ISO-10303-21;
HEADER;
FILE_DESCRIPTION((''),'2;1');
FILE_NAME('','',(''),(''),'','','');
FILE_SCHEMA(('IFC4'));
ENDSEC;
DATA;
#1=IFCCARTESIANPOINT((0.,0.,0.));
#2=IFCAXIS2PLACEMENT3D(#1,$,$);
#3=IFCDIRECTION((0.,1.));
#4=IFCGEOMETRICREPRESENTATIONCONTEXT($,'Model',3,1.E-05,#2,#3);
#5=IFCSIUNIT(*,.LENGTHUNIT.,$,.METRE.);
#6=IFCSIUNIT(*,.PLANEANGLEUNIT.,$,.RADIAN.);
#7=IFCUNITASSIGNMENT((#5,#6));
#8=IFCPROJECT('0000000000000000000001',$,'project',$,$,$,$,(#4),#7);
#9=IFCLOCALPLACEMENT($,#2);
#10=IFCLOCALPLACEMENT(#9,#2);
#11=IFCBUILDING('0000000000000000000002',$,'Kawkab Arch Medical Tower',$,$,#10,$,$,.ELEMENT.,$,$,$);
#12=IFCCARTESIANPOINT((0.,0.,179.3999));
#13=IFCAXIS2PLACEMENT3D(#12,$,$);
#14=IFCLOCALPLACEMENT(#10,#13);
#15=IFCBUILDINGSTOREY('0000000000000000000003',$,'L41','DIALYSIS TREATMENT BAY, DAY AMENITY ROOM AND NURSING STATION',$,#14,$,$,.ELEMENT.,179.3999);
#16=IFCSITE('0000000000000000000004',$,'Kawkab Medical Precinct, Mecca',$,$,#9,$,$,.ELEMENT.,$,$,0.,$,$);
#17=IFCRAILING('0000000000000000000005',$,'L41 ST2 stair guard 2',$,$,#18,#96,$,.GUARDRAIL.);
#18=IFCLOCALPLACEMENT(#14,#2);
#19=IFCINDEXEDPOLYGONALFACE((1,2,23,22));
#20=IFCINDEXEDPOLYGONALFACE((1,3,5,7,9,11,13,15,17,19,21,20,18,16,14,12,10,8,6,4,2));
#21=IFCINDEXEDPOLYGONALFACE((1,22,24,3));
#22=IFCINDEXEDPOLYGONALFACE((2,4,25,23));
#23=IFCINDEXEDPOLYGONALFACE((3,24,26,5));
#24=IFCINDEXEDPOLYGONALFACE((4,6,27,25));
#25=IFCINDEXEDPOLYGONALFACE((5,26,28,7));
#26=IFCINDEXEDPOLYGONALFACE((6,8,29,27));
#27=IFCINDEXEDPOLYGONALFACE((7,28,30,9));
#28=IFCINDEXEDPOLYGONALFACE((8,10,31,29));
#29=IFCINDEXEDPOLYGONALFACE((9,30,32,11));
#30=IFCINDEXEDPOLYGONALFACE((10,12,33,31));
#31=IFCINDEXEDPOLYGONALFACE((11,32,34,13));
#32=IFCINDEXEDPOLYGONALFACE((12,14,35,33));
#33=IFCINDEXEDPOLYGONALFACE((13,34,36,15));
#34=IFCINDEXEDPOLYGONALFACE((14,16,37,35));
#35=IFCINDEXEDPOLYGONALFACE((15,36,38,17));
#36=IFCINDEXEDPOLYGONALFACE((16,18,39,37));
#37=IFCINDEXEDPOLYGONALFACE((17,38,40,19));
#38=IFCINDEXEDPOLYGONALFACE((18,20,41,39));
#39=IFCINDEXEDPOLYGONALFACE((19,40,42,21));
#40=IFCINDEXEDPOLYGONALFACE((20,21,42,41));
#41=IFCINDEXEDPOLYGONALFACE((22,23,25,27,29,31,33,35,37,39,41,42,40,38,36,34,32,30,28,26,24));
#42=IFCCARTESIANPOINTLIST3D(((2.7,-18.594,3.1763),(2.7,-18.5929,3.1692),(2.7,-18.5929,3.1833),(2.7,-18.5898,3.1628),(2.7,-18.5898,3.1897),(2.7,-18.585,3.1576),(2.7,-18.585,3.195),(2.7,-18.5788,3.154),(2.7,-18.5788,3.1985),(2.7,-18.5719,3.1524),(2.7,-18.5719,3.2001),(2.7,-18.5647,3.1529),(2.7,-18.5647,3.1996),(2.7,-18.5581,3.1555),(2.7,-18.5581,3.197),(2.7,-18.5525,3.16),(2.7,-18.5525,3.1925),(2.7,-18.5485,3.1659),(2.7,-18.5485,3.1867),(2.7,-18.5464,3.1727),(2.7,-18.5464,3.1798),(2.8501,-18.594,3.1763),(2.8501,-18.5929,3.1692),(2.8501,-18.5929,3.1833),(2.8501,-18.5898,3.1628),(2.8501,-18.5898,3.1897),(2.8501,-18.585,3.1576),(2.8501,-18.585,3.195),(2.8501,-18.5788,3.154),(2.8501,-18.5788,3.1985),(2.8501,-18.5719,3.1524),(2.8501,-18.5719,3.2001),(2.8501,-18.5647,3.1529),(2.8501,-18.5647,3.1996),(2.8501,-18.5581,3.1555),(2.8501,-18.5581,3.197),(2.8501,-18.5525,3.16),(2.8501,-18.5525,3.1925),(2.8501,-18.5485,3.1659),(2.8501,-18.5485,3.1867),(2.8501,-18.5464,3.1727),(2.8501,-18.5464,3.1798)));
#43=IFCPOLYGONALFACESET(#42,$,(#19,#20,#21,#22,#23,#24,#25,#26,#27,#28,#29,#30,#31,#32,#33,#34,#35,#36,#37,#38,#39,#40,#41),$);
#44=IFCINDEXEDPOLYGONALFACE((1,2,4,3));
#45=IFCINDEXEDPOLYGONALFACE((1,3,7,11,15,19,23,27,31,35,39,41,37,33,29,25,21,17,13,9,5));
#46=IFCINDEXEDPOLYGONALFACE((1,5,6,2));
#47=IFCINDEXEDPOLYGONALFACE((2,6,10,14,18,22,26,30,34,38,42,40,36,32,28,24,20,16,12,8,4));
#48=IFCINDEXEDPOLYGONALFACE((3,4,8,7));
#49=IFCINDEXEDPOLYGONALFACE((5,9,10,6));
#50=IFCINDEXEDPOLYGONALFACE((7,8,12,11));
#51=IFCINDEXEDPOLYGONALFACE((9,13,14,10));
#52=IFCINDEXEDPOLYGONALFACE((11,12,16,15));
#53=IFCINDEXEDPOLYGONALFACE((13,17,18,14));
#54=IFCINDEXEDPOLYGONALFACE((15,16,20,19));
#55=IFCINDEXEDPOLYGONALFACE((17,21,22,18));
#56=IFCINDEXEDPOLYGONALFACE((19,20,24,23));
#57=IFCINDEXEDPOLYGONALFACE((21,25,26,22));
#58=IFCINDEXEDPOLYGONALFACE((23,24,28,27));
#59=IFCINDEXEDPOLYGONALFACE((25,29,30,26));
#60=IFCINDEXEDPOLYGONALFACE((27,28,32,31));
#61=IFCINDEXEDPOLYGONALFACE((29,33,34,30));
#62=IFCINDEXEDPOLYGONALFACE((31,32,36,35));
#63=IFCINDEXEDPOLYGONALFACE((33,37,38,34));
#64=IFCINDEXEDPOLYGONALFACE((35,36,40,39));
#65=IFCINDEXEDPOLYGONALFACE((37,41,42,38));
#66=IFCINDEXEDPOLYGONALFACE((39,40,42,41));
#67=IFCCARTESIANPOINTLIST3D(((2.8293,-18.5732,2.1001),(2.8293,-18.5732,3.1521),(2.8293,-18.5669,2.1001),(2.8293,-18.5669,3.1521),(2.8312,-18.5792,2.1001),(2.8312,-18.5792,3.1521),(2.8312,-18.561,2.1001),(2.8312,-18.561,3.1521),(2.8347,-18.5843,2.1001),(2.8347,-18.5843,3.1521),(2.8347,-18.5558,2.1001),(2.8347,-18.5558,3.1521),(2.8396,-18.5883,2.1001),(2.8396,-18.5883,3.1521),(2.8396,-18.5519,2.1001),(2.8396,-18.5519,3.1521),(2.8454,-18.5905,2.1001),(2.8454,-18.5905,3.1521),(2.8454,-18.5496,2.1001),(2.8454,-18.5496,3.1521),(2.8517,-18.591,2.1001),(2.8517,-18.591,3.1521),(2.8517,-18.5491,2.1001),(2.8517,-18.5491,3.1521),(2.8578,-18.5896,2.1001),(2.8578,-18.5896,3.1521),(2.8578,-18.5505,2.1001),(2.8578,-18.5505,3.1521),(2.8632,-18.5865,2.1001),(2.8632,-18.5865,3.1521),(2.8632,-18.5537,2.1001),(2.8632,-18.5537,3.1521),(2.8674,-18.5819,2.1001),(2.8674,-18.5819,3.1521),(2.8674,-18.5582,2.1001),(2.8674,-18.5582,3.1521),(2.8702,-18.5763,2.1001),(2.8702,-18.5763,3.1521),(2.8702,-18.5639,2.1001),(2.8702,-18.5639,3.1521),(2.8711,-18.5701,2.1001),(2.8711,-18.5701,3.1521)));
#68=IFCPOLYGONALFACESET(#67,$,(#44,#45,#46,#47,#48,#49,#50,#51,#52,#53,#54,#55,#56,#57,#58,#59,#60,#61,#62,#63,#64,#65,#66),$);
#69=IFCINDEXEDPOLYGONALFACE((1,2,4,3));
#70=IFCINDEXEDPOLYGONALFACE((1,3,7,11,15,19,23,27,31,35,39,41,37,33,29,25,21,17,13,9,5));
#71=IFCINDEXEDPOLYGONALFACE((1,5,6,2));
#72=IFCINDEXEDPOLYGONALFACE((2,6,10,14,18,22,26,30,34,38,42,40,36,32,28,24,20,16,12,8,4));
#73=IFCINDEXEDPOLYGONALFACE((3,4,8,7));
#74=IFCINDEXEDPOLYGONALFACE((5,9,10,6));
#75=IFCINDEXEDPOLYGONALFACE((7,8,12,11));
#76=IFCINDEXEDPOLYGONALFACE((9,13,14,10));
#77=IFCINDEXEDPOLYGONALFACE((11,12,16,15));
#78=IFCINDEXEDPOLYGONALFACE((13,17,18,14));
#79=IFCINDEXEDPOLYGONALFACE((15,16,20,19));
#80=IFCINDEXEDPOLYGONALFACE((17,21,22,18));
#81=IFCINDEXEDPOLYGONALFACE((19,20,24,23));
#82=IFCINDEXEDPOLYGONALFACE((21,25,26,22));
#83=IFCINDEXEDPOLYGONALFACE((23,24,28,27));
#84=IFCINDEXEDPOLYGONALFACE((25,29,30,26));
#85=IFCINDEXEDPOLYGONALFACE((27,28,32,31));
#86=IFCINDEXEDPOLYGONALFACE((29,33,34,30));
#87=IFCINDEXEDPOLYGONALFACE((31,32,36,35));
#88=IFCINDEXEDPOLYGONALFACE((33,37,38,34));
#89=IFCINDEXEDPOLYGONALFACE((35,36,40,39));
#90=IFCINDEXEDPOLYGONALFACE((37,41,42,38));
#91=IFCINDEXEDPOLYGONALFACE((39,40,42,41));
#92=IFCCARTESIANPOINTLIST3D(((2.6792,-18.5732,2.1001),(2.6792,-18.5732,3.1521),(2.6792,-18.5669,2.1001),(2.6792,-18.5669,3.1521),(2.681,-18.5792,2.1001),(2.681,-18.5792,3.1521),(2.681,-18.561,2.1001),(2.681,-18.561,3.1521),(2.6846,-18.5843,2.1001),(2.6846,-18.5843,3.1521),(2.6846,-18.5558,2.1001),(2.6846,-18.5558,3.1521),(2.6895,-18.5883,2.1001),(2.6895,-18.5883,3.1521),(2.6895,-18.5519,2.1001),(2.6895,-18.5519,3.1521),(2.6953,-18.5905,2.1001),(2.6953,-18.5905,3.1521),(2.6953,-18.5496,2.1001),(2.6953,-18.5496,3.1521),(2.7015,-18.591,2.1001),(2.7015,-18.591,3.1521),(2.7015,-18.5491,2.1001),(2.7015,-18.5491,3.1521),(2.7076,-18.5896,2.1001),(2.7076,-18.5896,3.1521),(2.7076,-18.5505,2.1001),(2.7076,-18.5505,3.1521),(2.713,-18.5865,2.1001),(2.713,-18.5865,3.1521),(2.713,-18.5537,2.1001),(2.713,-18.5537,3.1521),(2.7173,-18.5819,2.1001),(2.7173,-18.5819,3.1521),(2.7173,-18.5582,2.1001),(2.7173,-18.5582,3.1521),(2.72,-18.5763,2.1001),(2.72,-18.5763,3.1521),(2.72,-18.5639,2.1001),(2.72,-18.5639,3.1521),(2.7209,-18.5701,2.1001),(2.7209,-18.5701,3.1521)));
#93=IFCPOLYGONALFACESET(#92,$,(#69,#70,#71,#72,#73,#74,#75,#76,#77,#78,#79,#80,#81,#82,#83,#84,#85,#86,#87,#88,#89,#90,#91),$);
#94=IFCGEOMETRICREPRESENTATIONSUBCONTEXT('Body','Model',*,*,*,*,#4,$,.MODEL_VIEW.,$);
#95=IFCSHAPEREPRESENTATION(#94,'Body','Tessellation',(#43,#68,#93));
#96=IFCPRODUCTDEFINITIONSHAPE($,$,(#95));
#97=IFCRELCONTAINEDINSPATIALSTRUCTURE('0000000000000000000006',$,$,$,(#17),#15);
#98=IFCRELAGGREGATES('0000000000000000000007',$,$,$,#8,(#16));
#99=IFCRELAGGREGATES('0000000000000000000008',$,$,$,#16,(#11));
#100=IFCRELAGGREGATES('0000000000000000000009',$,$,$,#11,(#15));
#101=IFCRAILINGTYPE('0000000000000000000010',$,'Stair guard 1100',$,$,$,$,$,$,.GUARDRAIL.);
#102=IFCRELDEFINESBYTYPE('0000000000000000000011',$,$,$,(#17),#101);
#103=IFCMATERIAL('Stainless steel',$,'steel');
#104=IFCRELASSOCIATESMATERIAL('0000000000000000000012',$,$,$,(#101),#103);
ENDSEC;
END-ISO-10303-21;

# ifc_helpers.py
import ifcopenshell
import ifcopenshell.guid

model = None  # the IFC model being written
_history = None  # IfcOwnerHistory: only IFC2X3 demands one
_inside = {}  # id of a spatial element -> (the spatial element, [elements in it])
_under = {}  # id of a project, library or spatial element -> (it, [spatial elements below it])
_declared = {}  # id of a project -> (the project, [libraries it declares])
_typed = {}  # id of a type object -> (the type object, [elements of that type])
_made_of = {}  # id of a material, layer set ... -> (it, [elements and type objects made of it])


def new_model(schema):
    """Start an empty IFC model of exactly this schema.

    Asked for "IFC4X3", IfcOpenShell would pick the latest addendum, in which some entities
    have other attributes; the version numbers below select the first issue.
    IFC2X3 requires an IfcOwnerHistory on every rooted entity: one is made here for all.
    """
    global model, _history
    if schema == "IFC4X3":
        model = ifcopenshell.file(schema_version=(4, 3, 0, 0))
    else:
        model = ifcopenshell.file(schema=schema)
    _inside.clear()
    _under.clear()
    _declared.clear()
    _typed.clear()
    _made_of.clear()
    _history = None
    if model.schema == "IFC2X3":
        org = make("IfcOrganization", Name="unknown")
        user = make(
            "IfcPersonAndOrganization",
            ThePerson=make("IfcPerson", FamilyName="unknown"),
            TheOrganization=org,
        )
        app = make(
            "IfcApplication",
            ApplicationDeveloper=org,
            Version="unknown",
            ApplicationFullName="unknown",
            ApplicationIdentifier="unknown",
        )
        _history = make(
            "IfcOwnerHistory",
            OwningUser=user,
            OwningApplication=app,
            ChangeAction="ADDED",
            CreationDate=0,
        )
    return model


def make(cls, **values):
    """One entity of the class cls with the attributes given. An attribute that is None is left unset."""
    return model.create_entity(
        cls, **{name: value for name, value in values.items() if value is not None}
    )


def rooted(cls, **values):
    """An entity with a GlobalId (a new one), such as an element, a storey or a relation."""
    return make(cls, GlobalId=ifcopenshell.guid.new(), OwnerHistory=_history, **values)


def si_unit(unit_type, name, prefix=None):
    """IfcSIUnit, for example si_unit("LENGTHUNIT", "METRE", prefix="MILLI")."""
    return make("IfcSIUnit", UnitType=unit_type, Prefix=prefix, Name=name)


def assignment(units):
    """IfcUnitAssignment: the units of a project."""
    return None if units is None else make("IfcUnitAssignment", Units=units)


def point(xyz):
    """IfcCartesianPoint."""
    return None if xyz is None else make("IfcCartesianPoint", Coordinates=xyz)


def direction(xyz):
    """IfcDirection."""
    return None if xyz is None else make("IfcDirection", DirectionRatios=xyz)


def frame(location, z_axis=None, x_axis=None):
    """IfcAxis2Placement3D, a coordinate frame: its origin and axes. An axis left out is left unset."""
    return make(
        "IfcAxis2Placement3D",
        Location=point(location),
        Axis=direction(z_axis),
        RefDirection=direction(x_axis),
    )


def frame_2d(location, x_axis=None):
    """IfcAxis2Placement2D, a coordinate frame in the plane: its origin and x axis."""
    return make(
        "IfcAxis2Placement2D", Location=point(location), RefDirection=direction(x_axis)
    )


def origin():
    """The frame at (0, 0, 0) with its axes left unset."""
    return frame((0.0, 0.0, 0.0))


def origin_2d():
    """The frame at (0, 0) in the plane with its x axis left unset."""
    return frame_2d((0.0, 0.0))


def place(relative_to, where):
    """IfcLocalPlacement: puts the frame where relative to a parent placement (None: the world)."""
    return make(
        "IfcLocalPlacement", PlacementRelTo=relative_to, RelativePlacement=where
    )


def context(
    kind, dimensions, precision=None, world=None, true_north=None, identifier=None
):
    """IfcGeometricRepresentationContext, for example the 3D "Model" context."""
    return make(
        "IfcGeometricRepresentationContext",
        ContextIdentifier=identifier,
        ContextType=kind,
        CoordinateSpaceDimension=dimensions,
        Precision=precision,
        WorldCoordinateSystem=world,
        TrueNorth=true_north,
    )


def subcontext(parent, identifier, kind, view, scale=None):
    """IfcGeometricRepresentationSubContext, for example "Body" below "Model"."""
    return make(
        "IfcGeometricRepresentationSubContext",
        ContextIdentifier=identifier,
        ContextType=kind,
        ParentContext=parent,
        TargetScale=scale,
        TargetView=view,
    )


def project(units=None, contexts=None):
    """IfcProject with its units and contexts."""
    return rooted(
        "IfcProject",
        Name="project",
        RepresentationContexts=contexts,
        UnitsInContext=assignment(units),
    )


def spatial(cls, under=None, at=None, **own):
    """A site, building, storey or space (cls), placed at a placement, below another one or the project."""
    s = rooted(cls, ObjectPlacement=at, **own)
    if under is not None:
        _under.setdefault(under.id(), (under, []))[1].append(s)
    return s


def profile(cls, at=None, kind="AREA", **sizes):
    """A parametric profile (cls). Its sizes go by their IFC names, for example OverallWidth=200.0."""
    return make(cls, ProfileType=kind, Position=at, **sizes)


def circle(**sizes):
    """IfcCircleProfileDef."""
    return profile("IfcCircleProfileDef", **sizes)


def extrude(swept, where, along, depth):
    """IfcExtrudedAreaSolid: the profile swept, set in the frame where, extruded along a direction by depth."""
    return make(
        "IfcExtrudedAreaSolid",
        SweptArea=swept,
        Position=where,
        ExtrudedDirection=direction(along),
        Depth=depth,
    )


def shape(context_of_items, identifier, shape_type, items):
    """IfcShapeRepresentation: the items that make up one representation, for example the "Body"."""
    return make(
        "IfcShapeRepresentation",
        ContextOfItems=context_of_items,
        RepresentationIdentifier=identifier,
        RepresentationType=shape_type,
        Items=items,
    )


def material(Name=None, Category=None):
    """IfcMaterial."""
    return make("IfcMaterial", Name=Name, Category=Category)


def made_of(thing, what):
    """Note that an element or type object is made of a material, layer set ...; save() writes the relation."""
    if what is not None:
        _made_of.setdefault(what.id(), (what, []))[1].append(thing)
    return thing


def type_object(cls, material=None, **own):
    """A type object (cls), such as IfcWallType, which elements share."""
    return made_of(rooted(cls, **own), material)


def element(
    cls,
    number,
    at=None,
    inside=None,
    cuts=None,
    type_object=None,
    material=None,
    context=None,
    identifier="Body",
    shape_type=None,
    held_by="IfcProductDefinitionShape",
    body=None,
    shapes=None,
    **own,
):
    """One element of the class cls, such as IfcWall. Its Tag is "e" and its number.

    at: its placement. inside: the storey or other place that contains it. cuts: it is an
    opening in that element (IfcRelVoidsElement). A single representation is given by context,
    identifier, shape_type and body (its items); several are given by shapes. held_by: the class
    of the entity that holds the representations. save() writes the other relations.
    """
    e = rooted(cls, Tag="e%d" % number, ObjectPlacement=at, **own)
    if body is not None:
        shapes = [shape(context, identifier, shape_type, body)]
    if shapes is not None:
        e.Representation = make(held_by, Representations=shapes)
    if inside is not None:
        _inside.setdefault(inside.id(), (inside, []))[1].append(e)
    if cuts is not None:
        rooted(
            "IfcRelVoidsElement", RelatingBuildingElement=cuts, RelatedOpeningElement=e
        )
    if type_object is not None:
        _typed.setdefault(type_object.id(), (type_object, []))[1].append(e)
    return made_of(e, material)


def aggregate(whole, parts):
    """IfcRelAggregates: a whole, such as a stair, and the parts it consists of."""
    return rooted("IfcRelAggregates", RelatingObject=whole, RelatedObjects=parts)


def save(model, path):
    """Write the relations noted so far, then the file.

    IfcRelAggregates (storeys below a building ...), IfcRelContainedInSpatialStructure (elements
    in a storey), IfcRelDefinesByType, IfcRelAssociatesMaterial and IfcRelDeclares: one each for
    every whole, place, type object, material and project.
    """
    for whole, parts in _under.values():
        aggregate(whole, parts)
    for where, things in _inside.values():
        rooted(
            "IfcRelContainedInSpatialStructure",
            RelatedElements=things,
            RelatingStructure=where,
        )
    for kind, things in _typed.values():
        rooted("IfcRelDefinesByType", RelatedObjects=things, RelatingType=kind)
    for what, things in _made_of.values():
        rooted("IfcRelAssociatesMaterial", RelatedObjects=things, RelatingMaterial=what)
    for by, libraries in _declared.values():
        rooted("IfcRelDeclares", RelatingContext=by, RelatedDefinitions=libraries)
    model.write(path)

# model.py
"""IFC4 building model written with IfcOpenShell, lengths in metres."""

from ifc_helpers import new_model, si_unit, direction, frame, origin, origin_2d, place, context, subcontext, project, spatial, circle, extrude, material, type_object, element, save


model = new_model("IFC4")

# Units and contexts
model_context = context("Model", 3, precision=1e-05, world=origin(), true_north=direction((0.0, 1.0)))
body_context = subcontext(model_context, "Body", "Model", "MODEL_VIEW")
ifc_project = project(units=[si_unit("LENGTHUNIT", "METRE"), si_unit("PLANEANGLEUNIT", "RADIAN")], contexts=[model_context])

# Site, building, storey
site_placement = place(None, origin())
site = spatial("IfcSite", under=ifc_project, at=site_placement, Name="Kawkab Medical Precinct, Mecca", CompositionType="ELEMENT", RefElevation=0.0)
building_placement = place(site_placement, origin())
building = spatial("IfcBuilding", under=site, at=building_placement, Name="Kawkab Arch Medical Tower", CompositionType="ELEMENT")
storey_placement = place(building_placement, frame((0.0, 0.0, 179.3999)))
storey = spatial("IfcBuildingStorey", under=building, at=storey_placement, Name="L41", Description="DIALYSIS TREATMENT BAY, DAY AMENITY ROOM AND NURSING STATION", CompositionType="ELEMENT", Elevation=179.3999)

# Railing
ifc_material_1 = material(Name="Stainless steel", Category="steel")
railing_type_1 = type_object("IfcRailingType", Name="Stair guard 1100", PredefinedType="GUARDRAIL", material=ifc_material_1)
railing_1_placement = place(storey_placement, frame((2.8501, -18.5701, 2.1001)))
element("IfcRailing", 1, at=railing_1_placement, inside=storey, type_object=railing_type_1, Name="L41 ST2 stair guard 2", PredefinedType="GUARDRAIL", context=body_context, shape_type="SweptSolid", body=[
    extrude(circle(Radius=0.0239, at=origin_2d()), frame((0.0, 0.0, 1.0762), z_axis=(-1.0, 0.0, 0.0), x_axis=(0.0, -1.0, 0.0)), (0.0, 0.0, 1.0), 0.1501),
    extrude(circle(Radius=0.021, at=origin_2d()), origin(), (0.0, 0.0, 1.0), 1.052),
    extrude(circle(Radius=0.021, at=origin_2d()), frame((-0.1501, 0.0, 0.0)), (0.0, 0.0, 1.0), 1.052),
])

save(model, "model.ifc")
